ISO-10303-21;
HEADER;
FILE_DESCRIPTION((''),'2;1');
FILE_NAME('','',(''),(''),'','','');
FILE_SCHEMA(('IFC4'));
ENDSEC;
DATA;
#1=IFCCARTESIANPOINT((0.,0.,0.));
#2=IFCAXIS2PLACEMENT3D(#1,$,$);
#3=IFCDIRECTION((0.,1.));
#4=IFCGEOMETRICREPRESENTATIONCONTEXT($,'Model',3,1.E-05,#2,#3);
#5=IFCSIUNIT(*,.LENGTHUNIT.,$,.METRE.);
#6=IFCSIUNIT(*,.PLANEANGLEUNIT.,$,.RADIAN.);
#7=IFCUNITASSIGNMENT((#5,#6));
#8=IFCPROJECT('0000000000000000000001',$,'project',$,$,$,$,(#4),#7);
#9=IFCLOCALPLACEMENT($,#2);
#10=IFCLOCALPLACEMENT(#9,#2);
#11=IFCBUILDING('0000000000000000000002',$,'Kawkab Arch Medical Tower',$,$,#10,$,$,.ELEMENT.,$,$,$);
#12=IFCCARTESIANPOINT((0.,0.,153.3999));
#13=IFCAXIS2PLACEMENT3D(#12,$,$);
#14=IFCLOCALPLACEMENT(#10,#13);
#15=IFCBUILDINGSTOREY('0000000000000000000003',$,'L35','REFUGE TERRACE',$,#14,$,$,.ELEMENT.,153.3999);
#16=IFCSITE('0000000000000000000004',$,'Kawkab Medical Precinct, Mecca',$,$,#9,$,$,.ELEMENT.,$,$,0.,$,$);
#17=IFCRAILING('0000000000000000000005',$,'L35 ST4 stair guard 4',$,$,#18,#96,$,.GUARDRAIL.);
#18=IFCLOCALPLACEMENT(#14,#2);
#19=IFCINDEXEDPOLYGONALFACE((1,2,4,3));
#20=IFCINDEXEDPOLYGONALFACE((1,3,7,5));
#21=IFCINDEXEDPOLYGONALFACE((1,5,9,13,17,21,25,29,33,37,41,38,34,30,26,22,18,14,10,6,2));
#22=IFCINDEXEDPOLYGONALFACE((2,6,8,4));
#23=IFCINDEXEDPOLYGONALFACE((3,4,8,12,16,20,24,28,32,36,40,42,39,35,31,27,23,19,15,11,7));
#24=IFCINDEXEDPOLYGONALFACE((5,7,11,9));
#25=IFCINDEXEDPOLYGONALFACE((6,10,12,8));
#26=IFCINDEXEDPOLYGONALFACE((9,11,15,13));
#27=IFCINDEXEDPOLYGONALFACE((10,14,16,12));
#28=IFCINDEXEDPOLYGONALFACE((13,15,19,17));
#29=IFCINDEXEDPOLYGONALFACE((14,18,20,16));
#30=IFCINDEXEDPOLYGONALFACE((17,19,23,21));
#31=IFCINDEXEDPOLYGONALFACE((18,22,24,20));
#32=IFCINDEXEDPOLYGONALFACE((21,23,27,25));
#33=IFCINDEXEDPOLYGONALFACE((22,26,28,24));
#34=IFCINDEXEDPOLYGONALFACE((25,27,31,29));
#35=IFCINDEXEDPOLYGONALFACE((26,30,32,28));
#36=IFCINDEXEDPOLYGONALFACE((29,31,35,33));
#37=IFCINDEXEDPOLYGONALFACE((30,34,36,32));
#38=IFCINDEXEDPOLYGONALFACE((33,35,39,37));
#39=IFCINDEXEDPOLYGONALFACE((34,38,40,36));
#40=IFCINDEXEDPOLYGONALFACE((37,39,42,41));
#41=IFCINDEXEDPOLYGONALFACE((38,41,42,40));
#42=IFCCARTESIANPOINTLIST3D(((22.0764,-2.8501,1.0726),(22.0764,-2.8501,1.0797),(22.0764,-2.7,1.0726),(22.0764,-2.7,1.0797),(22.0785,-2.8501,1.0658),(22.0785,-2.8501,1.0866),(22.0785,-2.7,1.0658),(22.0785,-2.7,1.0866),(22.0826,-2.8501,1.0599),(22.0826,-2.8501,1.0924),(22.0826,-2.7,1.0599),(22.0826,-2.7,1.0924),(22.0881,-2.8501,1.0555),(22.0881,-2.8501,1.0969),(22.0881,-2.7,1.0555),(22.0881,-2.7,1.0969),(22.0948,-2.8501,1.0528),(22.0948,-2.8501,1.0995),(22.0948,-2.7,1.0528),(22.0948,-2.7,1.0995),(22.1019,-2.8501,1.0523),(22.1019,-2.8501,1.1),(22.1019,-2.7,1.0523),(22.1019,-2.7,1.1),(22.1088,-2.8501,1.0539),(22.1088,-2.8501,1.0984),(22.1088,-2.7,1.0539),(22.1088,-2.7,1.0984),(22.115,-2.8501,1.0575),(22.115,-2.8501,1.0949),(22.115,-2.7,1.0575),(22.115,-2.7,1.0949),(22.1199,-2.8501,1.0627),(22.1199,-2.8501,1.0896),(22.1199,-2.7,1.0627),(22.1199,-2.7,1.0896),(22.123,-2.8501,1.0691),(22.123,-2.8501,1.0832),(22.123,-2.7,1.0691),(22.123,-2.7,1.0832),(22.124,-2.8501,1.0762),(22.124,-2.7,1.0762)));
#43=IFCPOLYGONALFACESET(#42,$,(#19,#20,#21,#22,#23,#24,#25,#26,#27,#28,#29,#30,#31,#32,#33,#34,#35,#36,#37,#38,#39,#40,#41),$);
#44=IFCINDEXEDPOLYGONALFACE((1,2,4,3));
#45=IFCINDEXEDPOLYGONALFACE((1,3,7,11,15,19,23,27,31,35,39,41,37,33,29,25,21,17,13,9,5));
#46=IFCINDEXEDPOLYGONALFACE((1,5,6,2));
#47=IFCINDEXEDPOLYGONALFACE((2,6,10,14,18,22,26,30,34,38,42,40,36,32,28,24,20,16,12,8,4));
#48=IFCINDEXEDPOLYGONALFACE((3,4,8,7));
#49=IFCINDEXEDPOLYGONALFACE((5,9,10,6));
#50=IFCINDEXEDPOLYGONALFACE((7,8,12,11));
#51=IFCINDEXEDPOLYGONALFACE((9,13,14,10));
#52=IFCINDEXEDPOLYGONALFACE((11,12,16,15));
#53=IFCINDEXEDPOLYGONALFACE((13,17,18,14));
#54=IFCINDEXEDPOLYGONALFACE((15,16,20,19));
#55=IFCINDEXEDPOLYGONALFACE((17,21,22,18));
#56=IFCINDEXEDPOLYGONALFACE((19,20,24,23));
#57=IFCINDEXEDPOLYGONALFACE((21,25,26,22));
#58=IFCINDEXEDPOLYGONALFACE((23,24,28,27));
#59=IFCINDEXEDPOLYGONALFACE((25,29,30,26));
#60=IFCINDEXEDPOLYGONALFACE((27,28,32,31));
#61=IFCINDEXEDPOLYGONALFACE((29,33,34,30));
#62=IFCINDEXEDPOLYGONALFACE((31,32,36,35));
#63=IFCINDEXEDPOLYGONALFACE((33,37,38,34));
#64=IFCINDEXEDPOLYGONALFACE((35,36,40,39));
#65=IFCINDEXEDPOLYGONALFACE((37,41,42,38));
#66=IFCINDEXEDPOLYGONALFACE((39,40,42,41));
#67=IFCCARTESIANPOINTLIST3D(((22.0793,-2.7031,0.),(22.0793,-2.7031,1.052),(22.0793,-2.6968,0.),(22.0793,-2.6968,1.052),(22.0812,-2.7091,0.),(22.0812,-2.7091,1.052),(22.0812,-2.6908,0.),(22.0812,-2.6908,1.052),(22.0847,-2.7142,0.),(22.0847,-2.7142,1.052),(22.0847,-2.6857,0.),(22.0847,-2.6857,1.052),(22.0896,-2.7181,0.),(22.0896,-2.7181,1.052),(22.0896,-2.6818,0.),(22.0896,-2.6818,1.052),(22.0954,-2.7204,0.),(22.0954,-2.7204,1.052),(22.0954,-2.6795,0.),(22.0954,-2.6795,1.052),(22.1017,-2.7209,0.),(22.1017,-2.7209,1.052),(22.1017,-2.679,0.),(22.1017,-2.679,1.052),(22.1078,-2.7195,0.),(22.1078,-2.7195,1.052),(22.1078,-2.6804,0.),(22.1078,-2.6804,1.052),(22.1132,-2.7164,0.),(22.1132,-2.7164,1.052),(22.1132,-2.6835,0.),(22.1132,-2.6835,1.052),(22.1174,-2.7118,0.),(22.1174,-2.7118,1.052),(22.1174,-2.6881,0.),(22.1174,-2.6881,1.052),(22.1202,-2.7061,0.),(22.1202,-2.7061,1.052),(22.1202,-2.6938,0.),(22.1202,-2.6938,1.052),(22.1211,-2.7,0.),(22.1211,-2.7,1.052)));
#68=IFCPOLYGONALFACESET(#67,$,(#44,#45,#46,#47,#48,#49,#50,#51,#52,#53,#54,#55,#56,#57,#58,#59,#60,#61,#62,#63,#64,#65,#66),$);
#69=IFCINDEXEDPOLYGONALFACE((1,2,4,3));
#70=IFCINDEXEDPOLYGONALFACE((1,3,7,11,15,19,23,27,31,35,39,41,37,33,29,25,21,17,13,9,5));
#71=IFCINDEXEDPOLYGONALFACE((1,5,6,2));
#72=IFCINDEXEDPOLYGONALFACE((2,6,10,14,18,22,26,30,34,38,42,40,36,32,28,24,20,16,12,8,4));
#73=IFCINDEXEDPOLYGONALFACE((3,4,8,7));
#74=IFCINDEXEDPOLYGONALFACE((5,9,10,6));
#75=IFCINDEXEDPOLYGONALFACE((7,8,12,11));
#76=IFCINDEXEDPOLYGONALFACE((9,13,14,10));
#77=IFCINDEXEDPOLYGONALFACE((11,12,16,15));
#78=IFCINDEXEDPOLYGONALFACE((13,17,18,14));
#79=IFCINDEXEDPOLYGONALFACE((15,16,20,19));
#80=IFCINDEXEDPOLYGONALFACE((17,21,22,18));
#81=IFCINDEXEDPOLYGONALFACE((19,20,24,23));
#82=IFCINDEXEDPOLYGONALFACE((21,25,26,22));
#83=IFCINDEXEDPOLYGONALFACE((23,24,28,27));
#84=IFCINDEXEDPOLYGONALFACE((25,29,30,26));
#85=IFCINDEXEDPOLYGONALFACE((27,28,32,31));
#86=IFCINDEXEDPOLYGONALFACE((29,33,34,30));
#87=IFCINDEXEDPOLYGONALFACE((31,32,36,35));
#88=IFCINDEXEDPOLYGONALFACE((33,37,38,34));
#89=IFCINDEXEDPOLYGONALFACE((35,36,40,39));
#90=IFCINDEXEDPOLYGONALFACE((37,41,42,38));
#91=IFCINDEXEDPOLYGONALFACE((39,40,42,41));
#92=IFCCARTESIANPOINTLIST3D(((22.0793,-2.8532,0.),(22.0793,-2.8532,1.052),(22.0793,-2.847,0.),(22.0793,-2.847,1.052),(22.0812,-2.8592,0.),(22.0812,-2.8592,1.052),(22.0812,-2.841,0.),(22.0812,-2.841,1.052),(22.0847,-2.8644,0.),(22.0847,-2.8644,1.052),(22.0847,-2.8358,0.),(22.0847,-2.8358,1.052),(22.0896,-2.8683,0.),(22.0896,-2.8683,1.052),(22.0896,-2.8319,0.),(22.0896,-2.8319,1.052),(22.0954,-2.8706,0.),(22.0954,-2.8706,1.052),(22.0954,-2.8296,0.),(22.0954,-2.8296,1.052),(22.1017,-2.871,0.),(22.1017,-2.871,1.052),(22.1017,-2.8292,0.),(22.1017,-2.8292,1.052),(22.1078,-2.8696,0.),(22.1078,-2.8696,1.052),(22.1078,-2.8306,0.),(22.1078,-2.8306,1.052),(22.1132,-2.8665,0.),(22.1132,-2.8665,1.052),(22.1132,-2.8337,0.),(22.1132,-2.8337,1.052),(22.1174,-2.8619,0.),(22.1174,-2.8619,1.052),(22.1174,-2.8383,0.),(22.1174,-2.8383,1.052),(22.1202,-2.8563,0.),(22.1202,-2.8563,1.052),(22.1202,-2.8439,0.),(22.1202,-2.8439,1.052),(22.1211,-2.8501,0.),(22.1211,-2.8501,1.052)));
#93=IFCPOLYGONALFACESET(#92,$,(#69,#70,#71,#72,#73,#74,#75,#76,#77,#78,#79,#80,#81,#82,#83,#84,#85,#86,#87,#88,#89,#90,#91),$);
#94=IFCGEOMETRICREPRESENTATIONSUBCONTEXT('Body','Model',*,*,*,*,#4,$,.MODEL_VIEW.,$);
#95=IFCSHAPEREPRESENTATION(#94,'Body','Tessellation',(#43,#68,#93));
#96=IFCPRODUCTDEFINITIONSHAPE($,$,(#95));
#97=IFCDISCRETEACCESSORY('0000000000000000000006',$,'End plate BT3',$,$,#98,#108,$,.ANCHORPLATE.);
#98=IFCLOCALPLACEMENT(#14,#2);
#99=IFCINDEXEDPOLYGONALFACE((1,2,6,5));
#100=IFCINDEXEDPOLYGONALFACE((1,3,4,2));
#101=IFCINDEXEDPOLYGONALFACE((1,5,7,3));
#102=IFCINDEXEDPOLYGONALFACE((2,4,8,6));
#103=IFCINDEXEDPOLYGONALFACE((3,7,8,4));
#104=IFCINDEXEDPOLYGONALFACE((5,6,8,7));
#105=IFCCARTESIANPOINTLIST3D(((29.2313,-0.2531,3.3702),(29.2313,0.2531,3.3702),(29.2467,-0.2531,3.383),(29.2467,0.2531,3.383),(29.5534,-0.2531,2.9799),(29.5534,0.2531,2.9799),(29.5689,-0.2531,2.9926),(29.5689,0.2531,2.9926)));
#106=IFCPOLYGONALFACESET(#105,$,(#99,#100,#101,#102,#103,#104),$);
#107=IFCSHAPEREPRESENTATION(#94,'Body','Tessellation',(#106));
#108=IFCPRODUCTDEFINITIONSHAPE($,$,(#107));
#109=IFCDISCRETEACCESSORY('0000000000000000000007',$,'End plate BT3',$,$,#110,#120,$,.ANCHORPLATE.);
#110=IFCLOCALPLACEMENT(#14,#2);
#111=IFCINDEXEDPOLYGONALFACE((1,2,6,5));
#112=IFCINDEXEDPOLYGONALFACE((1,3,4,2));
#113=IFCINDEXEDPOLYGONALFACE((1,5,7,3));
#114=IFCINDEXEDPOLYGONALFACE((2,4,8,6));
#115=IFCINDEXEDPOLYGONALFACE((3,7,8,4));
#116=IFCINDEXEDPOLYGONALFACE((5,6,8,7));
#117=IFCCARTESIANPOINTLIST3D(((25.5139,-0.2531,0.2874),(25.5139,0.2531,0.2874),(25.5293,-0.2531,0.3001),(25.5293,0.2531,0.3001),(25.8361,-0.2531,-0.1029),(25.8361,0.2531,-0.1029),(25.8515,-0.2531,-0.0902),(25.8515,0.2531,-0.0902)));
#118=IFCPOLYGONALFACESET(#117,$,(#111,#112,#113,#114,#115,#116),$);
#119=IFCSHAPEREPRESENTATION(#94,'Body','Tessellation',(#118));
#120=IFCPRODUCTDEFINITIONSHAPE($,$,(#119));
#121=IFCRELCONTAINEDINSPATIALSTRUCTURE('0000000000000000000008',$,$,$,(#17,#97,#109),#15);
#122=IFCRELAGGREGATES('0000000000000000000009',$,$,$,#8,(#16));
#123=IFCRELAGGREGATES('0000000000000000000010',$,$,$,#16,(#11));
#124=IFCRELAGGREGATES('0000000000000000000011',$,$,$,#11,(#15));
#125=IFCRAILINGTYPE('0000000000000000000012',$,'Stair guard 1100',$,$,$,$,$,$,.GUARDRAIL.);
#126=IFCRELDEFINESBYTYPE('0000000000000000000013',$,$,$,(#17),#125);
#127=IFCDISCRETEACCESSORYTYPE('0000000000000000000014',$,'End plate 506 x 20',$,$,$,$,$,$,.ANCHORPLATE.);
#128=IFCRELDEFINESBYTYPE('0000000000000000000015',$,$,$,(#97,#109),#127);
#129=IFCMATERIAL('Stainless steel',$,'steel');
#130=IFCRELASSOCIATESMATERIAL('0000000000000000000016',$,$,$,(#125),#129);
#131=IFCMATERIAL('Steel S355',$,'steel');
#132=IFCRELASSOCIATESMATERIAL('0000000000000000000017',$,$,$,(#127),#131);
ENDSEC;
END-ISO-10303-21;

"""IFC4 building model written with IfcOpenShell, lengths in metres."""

from ifc_helpers import new_model, si_unit, direction, frame, origin, origin_2d, place, context, subcontext, project, spatial, rectangle, circle, extrude, material, material_profile, profile_set, type_object, element, save


model = new_model("IFC4")

# Units and contexts
model_context = context("Model", 3, precision=1e-05, world=origin(), true_north=direction((0.0, 1.0)))
body_context = subcontext(model_context, "Body", "Model", "MODEL_VIEW")
ifc_project = project(units=[si_unit("LENGTHUNIT", "METRE"), si_unit("PLANEANGLEUNIT", "RADIAN")], contexts=[model_context])

# Site, building, storey
site_placement = place(None, origin())
site = spatial("IfcSite", under=ifc_project, at=site_placement, Name="Kawkab Medical Precinct, Mecca", CompositionType="ELEMENT", RefElevation=0.0)
building_placement = place(site_placement, origin())
building = spatial("IfcBuilding", under=site, at=building_placement, Name="Kawkab Arch Medical Tower", CompositionType="ELEMENT")
storey_placement = place(building_placement, frame((0.0, 0.0, 153.3999)))
storey = spatial("IfcBuildingStorey", under=building, at=storey_placement, Name="L35", Description="REFUGE TERRACE", CompositionType="ELEMENT", Elevation=153.3999)

# Railing
ifc_material_1 = material(Name="Stainless steel", Category="steel")
railing_type = type_object("IfcRailingType", Name="Stair guard 1100", PredefinedType="GUARDRAIL", material=ifc_material_1)
railing_1_placement = place(storey_placement, frame((22.1001, -2.7, 0.0)))
element("IfcRailing", 1, at=railing_1_placement, inside=storey, type_object=railing_type, Name="L35 ST4 stair guard 4", PredefinedType="GUARDRAIL", context=body_context, shape_type="SweptSolid", body=[
    extrude(circle(Radius=0.0239, at=origin_2d()), frame((0.0, 0.0, 1.0762), z_axis=(0.0, -1.0, 0.0), x_axis=(1.0, 0.0, 0.0)), (0.0, 0.0, 1.0), 0.1501),
    extrude(circle(Radius=0.021, at=origin_2d()), origin(), (0.0, 0.0, 1.0), 1.052),
    extrude(circle(Radius=0.021, at=origin_2d()), frame((0.0, -0.1501, 0.0)), (0.0, 0.0, 1.0), 1.052),
])

# Discrete accessories
ifc_material_2 = material(Name="Steel S355", Category="steel")
ifc_material_profile_1 = material_profile(ifc_material_2, rectangle(XDim=0.5061, YDim=0.5061, at=origin_2d()), Name="End plate 506 x 20")
ifc_profile_set_1 = profile_set([ifc_material_profile_1], Name="Steel S355")
discrete_accessory_type = type_object("IfcDiscreteAccessoryType", Name="End plate 506 x 20", PredefinedType="ANCHORPLATE", material=ifc_profile_set_1)
for number, where, z_axis, x_axis, name in (
    (2, (29.3923, 0.0, 3.175), (0.771223, 0.0, 0.636565), (0.0, 1.0, 0.0), "End plate BT3"),
    (3, (25.6904, 0.0, 0.105), (-0.771223, 0.0, -0.636565), (0.0, -1.0, 0.0), "End plate BT3"),
):
    element("IfcDiscreteAccessory", number, at=place(storey_placement, frame(where, z_axis=z_axis, x_axis=x_axis)), inside=storey, type_object=discrete_accessory_type, Name=name, PredefinedType="ANCHORPLATE", context=body_context, shape_type="SweptSolid", body=[
        extrude(rectangle(XDim=0.5061, YDim=0.5061, at=origin_2d()), origin(), (0.0, 0.0, 1.0), 0.02),
    ])

save(model, "model.ifc")
